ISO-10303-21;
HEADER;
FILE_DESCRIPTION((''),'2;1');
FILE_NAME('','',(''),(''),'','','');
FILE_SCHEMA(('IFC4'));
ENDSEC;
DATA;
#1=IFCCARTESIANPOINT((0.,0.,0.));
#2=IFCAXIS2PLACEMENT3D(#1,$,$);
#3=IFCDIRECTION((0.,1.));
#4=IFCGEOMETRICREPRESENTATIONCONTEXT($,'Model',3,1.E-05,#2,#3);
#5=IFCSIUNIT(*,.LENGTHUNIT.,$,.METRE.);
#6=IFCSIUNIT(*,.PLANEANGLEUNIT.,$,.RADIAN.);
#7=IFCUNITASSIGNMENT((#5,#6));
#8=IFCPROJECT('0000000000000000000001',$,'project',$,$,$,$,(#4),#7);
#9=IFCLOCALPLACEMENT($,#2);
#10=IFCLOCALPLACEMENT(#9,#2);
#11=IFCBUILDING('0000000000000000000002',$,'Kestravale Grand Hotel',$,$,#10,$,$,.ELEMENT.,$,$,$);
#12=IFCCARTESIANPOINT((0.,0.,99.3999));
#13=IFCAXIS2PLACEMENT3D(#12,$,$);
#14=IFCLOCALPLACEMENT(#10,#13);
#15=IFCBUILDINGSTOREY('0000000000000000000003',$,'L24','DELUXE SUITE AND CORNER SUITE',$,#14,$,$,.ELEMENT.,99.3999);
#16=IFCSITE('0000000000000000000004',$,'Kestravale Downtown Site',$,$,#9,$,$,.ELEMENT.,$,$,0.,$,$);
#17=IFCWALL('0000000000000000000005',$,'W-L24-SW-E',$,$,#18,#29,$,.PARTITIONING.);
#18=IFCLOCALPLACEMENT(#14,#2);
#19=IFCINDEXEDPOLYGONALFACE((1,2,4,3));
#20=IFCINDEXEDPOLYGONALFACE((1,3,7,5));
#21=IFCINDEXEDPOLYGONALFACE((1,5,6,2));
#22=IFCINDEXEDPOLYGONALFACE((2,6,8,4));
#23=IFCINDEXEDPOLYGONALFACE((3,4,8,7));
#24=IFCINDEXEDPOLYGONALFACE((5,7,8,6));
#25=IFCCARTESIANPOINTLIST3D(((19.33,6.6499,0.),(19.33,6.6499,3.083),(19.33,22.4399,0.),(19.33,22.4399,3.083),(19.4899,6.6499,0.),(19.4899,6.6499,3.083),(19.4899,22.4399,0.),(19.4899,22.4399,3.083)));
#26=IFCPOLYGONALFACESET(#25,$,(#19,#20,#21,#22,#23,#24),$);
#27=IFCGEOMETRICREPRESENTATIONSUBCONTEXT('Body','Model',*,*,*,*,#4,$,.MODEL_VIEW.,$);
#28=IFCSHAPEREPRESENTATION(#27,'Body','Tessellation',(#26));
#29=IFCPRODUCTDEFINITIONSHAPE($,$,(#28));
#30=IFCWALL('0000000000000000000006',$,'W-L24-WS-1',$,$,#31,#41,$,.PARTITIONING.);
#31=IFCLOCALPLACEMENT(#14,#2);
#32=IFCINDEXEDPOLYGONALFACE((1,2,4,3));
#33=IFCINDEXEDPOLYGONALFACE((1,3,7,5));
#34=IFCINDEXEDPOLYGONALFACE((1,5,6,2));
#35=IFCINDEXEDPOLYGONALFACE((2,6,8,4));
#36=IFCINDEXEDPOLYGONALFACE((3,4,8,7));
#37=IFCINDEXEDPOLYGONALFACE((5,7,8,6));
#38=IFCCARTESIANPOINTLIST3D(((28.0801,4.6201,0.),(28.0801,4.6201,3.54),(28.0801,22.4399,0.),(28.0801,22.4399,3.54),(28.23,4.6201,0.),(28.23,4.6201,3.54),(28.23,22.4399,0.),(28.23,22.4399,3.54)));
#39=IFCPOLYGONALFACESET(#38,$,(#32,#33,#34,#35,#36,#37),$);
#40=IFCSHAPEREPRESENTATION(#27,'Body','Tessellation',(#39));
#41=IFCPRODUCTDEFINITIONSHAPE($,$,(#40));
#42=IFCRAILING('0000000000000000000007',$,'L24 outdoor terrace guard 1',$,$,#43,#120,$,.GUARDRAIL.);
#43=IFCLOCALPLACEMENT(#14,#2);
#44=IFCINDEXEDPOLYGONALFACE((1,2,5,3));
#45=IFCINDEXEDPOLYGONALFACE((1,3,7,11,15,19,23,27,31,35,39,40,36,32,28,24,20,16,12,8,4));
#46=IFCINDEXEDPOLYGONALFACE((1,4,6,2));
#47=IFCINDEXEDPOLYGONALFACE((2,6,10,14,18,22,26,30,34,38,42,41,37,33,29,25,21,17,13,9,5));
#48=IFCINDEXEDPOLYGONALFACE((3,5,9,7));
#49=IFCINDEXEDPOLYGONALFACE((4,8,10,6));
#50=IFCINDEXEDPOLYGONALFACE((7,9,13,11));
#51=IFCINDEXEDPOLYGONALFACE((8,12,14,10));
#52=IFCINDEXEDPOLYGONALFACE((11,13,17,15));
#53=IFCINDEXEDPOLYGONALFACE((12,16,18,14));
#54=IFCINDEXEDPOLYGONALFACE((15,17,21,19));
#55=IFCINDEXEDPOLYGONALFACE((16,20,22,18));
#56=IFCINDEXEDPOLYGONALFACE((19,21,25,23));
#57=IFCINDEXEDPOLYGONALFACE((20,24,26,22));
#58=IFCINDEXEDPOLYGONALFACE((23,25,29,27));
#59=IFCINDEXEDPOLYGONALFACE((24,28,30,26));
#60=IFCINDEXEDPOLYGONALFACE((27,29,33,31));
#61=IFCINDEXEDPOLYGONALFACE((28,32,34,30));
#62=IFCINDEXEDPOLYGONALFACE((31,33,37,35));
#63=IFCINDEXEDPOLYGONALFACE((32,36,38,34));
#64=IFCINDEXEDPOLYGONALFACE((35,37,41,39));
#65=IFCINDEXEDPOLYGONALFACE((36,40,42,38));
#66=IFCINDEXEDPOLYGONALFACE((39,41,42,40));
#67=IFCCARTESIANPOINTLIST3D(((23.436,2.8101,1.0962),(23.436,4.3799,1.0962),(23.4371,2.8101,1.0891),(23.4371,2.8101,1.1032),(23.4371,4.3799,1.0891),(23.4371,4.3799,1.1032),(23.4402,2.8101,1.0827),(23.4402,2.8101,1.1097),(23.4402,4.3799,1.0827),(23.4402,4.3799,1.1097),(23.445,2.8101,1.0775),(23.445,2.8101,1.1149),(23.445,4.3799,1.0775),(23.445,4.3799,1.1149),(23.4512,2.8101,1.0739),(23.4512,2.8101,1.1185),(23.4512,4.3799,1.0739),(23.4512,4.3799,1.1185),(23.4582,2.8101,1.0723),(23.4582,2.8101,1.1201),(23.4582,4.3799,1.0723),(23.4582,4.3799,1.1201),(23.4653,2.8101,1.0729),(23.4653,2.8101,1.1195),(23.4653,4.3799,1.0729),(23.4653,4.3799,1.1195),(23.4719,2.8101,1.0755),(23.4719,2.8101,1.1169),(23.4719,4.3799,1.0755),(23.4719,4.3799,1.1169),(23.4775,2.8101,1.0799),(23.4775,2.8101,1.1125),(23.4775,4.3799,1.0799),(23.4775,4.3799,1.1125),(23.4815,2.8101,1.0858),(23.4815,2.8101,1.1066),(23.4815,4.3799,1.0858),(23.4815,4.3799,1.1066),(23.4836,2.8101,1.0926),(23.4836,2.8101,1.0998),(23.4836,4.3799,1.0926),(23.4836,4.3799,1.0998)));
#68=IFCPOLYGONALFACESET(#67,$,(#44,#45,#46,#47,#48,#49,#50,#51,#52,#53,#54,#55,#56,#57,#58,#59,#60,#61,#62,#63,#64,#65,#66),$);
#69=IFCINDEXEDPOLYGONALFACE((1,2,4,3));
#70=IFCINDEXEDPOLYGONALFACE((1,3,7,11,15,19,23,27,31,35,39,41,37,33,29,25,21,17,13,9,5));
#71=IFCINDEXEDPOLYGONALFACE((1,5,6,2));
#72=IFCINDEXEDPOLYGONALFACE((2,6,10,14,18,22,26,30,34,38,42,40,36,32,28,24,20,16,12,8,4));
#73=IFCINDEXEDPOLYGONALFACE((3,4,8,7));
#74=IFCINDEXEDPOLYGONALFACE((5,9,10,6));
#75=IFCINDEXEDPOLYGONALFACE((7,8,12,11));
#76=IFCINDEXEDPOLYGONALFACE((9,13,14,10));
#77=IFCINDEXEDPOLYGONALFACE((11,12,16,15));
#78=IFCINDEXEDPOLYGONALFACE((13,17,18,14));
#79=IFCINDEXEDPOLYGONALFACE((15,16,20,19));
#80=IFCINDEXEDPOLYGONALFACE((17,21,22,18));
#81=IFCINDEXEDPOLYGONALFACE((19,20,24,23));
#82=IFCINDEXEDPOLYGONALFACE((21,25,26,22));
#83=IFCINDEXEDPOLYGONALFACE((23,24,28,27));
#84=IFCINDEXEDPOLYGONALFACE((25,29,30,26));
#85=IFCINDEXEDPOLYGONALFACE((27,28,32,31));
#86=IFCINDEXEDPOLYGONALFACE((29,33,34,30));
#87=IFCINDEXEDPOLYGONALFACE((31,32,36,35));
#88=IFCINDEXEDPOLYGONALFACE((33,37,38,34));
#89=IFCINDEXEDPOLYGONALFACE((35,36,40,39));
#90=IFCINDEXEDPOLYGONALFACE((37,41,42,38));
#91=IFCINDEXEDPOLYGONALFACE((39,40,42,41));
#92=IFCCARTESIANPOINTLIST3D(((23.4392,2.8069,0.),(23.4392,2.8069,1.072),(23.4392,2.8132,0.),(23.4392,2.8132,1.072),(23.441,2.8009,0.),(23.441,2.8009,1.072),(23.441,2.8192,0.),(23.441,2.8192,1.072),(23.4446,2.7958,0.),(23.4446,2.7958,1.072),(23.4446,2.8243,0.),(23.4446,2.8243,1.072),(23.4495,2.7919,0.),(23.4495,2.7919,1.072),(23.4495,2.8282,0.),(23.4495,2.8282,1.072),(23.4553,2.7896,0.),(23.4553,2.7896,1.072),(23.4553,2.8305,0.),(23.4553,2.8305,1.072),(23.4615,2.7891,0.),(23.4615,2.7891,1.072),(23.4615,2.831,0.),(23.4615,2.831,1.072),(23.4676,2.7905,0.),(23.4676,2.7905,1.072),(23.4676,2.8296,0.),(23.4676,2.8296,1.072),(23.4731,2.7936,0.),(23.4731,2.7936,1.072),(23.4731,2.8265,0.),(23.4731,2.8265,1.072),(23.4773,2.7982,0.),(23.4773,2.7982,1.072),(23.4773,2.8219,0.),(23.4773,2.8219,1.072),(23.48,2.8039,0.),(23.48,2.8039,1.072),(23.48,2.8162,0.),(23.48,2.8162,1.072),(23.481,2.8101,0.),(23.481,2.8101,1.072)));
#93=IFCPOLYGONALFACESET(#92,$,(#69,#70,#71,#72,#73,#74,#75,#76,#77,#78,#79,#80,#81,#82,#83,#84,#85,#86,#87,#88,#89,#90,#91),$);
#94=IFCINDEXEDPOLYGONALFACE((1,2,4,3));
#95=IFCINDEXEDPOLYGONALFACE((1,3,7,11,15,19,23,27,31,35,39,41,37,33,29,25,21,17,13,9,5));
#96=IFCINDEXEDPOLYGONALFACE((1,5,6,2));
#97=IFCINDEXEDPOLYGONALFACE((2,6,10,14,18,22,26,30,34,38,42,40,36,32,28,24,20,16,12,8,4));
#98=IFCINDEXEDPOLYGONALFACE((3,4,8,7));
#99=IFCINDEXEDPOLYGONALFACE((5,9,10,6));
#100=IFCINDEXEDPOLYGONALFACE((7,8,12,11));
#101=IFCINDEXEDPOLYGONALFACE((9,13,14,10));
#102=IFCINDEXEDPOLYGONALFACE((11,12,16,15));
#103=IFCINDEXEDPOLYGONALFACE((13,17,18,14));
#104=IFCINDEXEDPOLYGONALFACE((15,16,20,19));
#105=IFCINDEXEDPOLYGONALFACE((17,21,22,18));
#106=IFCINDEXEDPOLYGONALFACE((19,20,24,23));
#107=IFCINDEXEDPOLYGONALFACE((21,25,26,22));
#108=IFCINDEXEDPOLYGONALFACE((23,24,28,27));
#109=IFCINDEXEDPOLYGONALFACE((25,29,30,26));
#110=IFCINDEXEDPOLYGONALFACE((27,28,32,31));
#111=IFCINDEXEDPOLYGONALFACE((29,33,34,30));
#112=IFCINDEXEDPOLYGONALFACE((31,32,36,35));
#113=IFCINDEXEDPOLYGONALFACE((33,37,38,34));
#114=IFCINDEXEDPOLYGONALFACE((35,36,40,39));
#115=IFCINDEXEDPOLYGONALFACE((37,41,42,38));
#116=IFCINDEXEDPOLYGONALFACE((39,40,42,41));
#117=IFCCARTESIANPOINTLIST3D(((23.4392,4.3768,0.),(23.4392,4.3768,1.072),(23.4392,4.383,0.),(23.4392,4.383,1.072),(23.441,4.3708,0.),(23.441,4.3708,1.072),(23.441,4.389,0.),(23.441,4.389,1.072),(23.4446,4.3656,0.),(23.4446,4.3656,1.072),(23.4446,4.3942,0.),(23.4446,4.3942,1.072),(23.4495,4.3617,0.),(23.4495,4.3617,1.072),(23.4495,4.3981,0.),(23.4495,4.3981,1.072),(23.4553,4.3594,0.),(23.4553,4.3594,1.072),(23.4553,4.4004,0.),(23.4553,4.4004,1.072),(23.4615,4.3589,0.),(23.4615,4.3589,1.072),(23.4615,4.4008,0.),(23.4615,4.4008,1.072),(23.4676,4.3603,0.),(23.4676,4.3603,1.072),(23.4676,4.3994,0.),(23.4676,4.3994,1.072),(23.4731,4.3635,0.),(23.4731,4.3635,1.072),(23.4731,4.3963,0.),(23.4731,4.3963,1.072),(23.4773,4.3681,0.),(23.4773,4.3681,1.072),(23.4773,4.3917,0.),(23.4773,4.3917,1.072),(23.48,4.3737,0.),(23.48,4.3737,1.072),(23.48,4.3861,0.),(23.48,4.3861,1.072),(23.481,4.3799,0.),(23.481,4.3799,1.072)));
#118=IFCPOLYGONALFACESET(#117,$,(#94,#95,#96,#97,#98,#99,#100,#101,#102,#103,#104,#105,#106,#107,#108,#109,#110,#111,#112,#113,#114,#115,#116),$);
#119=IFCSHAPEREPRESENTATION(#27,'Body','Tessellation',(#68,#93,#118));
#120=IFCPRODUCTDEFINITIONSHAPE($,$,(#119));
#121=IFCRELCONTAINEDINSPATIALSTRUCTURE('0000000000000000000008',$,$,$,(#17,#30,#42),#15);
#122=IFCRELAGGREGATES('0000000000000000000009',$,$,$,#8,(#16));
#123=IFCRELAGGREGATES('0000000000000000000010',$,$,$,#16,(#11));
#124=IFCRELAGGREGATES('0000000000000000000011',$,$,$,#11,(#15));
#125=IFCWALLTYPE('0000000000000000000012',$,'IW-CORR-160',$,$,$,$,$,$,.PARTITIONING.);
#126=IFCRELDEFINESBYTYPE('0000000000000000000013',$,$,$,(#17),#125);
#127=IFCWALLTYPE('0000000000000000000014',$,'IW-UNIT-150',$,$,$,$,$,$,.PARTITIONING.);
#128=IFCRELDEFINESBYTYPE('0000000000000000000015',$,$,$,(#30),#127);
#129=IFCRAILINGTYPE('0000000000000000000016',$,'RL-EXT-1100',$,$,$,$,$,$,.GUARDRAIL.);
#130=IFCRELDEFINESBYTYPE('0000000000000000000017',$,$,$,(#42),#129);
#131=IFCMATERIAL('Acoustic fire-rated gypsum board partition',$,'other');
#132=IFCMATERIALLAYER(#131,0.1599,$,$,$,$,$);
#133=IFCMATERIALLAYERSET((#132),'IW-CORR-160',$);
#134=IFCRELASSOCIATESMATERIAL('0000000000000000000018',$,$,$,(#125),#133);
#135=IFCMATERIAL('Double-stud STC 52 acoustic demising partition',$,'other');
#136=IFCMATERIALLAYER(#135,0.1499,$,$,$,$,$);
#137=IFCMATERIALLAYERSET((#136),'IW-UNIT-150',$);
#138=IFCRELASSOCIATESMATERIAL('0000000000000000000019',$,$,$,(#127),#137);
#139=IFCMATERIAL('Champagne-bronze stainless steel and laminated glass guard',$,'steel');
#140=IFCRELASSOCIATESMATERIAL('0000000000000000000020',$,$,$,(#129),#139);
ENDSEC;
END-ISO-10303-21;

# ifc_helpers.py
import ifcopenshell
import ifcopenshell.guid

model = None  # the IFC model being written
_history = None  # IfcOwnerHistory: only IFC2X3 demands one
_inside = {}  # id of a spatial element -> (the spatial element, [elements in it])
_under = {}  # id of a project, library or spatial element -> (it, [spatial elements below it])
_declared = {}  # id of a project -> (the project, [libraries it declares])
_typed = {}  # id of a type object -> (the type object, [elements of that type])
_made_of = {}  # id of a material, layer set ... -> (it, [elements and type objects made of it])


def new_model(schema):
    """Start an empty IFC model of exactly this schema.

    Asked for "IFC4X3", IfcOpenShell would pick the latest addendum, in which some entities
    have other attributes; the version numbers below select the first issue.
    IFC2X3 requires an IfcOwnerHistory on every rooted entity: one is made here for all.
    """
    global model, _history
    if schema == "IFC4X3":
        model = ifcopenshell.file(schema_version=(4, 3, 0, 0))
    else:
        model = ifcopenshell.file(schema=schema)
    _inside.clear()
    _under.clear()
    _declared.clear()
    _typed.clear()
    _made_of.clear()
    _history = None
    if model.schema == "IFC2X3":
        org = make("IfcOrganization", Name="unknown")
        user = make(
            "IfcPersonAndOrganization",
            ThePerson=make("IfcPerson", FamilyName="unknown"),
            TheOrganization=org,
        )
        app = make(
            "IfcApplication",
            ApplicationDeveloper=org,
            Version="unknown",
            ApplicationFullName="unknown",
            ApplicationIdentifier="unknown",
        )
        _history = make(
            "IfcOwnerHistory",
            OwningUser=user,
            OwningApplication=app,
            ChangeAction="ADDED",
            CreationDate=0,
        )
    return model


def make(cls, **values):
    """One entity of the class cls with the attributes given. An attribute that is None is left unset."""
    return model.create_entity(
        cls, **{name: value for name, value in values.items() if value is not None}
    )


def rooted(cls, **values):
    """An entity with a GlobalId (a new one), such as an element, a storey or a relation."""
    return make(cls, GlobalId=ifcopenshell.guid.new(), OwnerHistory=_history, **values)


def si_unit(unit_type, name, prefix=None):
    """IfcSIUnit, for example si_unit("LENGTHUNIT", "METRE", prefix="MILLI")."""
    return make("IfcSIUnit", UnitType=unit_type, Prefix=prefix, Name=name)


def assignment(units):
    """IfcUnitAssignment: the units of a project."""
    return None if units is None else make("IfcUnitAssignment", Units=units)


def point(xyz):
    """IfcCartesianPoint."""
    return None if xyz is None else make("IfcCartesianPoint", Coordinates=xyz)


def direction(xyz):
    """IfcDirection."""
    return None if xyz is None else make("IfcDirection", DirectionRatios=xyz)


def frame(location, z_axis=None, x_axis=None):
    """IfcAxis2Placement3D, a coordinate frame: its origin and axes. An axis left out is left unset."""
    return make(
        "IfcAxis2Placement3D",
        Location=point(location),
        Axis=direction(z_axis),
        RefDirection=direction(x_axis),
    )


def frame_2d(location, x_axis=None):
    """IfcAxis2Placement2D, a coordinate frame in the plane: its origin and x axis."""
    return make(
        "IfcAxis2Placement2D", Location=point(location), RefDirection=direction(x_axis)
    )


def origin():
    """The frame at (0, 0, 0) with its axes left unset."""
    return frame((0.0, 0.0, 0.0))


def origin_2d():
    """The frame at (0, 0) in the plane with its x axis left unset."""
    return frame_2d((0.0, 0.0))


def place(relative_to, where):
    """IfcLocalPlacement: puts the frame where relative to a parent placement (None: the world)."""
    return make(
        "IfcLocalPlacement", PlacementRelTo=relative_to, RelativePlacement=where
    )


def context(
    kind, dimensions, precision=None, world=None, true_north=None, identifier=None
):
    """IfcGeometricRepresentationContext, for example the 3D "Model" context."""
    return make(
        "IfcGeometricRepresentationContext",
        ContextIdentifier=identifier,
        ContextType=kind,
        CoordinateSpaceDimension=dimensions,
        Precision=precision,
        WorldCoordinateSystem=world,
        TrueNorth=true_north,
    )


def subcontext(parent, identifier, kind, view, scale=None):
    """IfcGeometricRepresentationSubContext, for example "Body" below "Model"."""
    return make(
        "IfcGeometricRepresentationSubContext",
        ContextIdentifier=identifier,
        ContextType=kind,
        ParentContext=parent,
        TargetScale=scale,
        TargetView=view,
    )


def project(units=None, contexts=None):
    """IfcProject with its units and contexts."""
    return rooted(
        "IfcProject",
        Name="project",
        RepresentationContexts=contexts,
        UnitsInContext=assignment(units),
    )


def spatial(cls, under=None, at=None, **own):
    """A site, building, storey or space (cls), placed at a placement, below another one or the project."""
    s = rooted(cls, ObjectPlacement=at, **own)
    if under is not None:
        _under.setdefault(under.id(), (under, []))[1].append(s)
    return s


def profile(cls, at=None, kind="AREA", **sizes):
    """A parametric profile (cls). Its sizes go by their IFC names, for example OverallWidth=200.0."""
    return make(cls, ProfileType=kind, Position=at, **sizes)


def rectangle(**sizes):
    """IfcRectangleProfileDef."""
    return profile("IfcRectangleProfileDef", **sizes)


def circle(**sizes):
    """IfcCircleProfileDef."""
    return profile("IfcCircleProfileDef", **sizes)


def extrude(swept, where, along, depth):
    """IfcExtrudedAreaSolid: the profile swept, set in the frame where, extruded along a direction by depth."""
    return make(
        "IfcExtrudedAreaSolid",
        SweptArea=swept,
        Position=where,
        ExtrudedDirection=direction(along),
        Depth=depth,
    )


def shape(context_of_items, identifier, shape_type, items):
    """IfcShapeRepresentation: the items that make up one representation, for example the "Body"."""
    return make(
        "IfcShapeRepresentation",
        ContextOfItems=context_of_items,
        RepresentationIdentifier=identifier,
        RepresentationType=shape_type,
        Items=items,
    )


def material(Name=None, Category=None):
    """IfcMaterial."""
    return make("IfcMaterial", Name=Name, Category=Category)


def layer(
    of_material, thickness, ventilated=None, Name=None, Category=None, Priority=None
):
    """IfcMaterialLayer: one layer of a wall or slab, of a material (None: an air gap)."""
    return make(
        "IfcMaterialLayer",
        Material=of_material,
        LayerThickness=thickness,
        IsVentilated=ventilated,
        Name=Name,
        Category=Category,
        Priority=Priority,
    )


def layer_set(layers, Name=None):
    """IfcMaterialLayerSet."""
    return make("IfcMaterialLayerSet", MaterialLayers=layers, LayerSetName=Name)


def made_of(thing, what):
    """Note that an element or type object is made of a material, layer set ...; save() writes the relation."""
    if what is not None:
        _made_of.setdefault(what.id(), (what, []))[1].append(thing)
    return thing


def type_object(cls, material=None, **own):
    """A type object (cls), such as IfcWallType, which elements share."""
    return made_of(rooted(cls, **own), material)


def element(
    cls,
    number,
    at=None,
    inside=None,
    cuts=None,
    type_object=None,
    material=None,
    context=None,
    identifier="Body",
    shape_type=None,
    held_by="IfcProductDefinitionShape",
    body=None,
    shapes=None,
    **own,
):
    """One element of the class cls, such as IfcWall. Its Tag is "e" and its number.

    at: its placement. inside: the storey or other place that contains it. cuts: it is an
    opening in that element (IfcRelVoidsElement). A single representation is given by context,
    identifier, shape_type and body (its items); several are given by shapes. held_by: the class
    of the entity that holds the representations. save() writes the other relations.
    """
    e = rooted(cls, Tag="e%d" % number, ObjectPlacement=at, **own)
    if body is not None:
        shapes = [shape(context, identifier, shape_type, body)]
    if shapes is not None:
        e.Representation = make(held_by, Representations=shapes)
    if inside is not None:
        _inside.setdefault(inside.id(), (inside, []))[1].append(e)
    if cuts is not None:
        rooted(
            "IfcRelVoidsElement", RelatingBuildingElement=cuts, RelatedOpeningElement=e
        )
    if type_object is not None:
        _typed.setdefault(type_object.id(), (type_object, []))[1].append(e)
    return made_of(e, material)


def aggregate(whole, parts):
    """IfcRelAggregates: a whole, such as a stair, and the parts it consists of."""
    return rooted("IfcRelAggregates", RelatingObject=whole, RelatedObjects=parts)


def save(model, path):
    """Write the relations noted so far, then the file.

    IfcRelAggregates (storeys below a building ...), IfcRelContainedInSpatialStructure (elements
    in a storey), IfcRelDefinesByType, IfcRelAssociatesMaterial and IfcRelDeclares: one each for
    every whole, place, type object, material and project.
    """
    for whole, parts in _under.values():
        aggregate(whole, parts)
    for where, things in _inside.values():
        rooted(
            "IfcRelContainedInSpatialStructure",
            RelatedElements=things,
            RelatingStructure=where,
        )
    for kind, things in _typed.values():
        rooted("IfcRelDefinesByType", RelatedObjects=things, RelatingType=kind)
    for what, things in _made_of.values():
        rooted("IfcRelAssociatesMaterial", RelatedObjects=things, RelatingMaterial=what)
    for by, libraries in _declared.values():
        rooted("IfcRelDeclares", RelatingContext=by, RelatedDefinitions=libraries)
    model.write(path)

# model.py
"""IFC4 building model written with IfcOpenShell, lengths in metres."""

from ifc_helpers import new_model, si_unit, direction, frame, frame_2d, origin, origin_2d, place, context, subcontext, project, spatial, rectangle, circle, extrude, material, layer, layer_set, type_object, element, save


model = new_model("IFC4")

# Units and contexts
model_context = context("Model", 3, precision=1e-05, world=origin(), true_north=direction((0.0, 1.0)))
body_context = subcontext(model_context, "Body", "Model", "MODEL_VIEW")
ifc_project = project(units=[si_unit("LENGTHUNIT", "METRE"), si_unit("PLANEANGLEUNIT", "RADIAN")], contexts=[model_context])

# Site, building, storey
site_placement = place(None, origin())
site = spatial("IfcSite", under=ifc_project, at=site_placement, Name="Kestravale Downtown Site", CompositionType="ELEMENT", RefElevation=0.0)
building_placement = place(site_placement, origin())
building = spatial("IfcBuilding", under=site, at=building_placement, Name="Kestravale Grand Hotel", CompositionType="ELEMENT")
storey_placement = place(building_placement, frame((0.0, 0.0, 99.3999)))
storey = spatial("IfcBuildingStorey", under=building, at=storey_placement, Name="L24", Description="DELUXE SUITE AND CORNER SUITE", CompositionType="ELEMENT", Elevation=99.3999)

# Walls
ifc_material_1 = material(Name="Acoustic fire-rated gypsum board partition", Category="other")
ifc_layer_1 = layer(ifc_material_1, 0.1599)
ifc_layer_set_1 = layer_set([ifc_layer_1], Name="IW-CORR-160")
wall_type_1 = type_object("IfcWallType", Name="IW-CORR-160", PredefinedType="PARTITIONING", material=ifc_layer_set_1)
wall_1_placement = place(storey_placement, frame((19.4099, 6.6499, 0.0), z_axis=(0.0, 0.0, 1.0), x_axis=(0.0, 1.0, 0.0)))
element("IfcWall", 1, at=wall_1_placement, inside=storey, type_object=wall_type_1, Name="W-L24-SW-E", PredefinedType="PARTITIONING", context=body_context, shape_type="SweptSolid", body=[
    extrude(rectangle(XDim=15.79, YDim=0.1599, at=frame_2d((7.895, 0.0))), origin(), (0.0, 0.0, 1.0), 3.083),
])
ifc_material_2 = material(Name="Double-stud STC 52 acoustic demising partition", Category="other")
ifc_layer_2 = layer(ifc_material_2, 0.1499)
ifc_layer_set_2 = layer_set([ifc_layer_2], Name="IW-UNIT-150")
wall_type_2 = type_object("IfcWallType", Name="IW-UNIT-150", PredefinedType="PARTITIONING", material=ifc_layer_set_2)
wall_2_placement = place(storey_placement, frame((28.155, 4.6201, 0.0), z_axis=(0.0, 0.0, 1.0), x_axis=(0.0, 1.0, 0.0)))
element("IfcWall", 2, at=wall_2_placement, inside=storey, type_object=wall_type_2, Name="W-L24-WS-1", PredefinedType="PARTITIONING", context=body_context, shape_type="SweptSolid", body=[
    extrude(rectangle(XDim=17.8198, YDim=0.1499, at=frame_2d((8.9099, 0.0))), origin(), (0.0, 0.0, 1.0), 3.54),
])

# Railing
ifc_material_3 = material(Name="Champagne-bronze stainless steel and laminated glass guard", Category="steel")
railing_type = type_object("IfcRailingType", Name="RL-EXT-1100", PredefinedType="GUARDRAIL", material=ifc_material_3)
railing_1_placement = place(storey_placement, frame((23.46, 2.8101, 0.0)))
element("IfcRailing", 3, at=railing_1_placement, inside=storey, type_object=railing_type, Name="L24 outdoor terrace guard 1", PredefinedType="GUARDRAIL", context=body_context, shape_type="SweptSolid", body=[
    extrude(circle(Radius=0.0239, at=origin_2d()), frame((0.0, 0.0, 1.0962), z_axis=(0.0, 1.0, 0.0), x_axis=(-1.0, 0.0, 0.0)), (0.0, 0.0, 1.0), 1.5698),
    extrude(circle(Radius=0.021, at=origin_2d()), origin(), (0.0, 0.0, 1.0), 1.072),
    extrude(circle(Radius=0.021, at=origin_2d()), frame((0.0, 1.5698, 0.0)), (0.0, 0.0, 1.0), 1.072),
])

save(model, "model.ifc")
